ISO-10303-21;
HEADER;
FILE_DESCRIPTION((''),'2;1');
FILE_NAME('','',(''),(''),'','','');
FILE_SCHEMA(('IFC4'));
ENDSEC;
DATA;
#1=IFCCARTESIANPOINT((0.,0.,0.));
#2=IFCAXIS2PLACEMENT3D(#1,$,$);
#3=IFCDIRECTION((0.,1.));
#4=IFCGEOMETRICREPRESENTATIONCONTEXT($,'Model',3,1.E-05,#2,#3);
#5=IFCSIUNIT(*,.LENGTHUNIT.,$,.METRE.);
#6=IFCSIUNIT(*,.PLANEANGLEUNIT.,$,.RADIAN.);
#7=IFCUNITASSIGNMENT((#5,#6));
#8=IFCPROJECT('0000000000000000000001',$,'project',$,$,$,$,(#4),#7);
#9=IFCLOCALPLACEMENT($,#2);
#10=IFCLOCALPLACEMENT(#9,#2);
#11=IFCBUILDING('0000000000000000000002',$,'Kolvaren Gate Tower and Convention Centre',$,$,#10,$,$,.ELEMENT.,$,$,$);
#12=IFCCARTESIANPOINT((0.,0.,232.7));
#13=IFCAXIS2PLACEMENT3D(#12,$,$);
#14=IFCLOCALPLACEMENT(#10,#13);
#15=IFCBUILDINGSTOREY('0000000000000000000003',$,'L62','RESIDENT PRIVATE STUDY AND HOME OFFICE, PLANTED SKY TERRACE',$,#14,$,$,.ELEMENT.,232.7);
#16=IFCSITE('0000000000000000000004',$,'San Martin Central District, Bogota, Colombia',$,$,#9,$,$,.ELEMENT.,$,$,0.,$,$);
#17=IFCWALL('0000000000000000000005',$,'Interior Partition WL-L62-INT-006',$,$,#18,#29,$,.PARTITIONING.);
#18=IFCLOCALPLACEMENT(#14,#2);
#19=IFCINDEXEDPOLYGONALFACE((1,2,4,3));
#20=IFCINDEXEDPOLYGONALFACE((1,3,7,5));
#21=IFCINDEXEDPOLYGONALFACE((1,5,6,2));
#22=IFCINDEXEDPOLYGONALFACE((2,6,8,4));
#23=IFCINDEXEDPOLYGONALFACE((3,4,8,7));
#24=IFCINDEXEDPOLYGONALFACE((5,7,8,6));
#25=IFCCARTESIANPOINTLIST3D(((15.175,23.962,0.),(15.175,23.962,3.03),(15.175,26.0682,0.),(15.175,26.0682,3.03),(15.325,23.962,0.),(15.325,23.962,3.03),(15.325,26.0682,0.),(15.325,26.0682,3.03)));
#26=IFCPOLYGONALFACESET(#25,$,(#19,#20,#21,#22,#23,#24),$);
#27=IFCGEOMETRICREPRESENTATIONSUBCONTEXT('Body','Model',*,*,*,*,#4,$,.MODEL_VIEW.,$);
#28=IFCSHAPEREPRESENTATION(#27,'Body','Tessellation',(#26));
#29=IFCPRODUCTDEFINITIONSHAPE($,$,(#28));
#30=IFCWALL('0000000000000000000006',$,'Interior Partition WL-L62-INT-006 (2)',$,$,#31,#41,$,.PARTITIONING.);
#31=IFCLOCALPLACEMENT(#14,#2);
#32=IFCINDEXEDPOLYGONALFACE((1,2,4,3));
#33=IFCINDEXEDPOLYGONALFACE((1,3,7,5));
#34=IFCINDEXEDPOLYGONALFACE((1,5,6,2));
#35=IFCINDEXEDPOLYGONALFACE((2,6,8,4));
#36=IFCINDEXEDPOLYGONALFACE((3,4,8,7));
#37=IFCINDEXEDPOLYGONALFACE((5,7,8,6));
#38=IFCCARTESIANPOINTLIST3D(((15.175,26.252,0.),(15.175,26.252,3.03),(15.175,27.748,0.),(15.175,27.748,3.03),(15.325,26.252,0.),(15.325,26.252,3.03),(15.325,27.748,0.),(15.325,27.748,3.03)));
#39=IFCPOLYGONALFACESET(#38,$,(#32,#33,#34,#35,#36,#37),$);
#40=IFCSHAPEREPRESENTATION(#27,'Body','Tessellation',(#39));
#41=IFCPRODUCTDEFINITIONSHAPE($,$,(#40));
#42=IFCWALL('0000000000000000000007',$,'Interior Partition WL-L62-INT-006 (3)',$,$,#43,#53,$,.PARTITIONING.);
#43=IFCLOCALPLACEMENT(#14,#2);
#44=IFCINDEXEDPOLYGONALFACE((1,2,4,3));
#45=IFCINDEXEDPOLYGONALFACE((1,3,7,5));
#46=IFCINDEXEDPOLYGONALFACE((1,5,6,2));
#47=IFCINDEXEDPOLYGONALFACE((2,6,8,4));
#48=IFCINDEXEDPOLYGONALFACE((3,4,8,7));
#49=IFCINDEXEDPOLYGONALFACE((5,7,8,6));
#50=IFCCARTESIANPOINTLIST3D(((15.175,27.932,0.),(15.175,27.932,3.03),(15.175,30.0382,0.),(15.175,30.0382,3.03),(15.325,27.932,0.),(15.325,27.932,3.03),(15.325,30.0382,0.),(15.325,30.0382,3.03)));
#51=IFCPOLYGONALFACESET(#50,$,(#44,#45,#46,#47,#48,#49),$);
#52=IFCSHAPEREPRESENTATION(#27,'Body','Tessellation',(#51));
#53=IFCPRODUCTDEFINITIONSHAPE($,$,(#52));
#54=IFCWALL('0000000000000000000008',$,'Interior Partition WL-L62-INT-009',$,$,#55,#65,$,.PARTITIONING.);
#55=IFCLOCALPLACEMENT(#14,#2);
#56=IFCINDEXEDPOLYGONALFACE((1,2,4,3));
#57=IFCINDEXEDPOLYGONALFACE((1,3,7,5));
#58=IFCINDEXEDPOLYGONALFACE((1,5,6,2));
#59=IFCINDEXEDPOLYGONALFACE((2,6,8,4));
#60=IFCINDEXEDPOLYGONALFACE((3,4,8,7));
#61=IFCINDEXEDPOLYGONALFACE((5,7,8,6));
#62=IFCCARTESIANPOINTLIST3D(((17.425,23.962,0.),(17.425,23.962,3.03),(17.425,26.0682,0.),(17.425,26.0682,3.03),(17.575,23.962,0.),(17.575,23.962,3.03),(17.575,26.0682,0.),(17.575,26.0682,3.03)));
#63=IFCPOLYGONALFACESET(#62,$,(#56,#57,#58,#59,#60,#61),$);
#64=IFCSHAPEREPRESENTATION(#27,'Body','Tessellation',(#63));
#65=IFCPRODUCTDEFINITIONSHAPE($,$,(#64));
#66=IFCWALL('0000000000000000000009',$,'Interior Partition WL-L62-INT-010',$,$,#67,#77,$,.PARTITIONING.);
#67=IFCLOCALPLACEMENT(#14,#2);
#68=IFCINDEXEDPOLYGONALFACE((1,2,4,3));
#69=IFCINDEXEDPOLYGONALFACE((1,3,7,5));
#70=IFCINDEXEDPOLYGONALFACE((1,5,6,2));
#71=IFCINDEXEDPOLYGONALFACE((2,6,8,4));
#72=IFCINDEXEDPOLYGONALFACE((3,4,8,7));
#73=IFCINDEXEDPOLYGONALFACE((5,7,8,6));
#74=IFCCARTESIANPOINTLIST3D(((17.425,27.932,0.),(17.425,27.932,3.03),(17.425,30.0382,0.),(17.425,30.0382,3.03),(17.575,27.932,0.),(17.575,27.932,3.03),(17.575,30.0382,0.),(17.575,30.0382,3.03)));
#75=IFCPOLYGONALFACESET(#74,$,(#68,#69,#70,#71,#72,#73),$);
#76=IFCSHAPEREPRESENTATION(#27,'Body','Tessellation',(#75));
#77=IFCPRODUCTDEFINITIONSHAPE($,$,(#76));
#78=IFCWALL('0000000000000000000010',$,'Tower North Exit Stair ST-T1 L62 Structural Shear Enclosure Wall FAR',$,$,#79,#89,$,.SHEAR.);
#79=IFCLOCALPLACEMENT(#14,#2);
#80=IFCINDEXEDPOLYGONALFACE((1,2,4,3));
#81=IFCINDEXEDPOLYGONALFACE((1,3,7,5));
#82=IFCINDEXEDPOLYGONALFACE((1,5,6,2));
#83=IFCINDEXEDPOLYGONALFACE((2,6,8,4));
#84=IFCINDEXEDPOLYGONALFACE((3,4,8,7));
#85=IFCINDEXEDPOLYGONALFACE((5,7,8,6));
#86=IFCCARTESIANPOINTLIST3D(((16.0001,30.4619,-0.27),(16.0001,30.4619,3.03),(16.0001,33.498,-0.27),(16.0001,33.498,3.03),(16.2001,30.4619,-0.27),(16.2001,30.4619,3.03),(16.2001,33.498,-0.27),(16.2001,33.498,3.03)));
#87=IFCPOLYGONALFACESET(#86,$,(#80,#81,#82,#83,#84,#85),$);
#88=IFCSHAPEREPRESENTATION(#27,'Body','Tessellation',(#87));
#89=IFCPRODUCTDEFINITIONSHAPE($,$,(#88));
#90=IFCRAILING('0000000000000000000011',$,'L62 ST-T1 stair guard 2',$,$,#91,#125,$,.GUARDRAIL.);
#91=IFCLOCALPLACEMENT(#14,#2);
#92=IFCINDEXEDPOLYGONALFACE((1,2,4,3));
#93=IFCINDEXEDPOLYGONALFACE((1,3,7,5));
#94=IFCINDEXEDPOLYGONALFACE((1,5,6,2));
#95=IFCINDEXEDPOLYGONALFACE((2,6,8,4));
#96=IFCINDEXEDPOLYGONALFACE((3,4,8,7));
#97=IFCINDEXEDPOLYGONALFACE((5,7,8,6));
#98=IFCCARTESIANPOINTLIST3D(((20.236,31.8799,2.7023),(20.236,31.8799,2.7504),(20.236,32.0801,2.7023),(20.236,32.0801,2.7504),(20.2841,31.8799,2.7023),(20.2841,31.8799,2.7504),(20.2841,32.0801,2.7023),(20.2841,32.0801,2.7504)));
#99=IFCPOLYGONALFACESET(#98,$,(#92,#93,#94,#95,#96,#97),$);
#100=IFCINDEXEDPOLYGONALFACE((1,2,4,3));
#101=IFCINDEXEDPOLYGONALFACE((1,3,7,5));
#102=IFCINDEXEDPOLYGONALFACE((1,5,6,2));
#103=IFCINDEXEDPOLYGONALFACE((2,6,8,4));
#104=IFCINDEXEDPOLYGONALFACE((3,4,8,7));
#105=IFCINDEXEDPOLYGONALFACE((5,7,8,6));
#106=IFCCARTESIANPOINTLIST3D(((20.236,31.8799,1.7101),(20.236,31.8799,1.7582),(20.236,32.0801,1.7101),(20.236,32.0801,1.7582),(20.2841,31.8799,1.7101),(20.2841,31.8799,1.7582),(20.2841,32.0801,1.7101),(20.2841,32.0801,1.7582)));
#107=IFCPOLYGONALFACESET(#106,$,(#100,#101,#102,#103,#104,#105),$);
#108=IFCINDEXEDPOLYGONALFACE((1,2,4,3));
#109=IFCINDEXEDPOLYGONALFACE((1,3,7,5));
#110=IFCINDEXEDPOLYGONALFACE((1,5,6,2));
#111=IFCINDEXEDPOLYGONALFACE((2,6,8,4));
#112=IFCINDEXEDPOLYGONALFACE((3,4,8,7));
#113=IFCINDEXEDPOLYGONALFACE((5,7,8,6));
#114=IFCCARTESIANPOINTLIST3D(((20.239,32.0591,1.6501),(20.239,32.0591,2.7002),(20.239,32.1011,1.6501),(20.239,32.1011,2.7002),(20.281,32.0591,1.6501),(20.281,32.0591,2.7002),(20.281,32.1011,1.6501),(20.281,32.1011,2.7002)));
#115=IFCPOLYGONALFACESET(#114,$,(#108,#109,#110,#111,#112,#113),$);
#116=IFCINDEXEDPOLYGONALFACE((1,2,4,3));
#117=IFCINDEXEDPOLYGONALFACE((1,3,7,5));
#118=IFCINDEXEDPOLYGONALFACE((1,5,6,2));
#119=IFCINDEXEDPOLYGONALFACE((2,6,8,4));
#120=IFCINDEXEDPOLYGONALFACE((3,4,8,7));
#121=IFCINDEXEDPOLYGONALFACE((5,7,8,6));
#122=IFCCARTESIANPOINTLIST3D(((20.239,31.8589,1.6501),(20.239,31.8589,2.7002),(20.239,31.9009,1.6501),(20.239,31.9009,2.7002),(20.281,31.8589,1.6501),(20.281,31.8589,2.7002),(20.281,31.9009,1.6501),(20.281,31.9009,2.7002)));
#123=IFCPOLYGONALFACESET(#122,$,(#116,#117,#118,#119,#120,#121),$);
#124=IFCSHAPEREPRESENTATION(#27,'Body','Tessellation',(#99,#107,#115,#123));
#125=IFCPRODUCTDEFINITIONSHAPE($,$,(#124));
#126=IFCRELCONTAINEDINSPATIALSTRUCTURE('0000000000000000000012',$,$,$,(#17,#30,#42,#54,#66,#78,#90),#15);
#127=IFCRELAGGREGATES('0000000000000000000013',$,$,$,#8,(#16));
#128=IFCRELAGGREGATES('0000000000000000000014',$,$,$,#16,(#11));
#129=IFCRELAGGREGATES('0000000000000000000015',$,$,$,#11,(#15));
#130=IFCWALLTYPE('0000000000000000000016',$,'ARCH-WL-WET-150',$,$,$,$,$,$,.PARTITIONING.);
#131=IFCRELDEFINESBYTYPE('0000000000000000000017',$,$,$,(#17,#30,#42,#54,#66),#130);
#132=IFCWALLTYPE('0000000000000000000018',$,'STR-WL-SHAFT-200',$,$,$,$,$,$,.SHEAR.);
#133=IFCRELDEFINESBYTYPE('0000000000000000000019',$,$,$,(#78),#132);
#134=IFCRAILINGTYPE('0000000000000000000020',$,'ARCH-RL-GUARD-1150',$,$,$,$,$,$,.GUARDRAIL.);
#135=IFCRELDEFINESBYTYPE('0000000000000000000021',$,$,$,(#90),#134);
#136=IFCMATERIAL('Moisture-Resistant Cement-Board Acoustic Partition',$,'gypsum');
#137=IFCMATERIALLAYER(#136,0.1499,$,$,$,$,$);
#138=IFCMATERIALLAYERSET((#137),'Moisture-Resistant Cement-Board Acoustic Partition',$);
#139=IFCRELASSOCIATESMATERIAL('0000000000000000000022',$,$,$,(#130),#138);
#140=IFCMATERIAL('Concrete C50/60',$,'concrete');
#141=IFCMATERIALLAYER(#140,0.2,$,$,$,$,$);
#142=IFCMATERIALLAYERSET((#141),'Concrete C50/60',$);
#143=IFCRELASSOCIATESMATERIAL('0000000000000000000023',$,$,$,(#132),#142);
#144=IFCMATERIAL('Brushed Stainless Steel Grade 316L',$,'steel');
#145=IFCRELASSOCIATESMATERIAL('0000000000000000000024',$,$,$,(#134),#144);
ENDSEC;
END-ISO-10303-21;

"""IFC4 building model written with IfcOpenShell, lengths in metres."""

from ifc_helpers import new_model, si_unit, direction, frame, frame_2d, origin, origin_2d, place, context, subcontext, project, spatial, rectangle, extrude, material, layer, layer_set, type_object, element, save


model = new_model("IFC4")

# Units and contexts
model_context = context("Model", 3, precision=1e-05, world=origin(), true_north=direction((0.0, 1.0)))
body_context = subcontext(model_context, "Body", "Model", "MODEL_VIEW")
ifc_project = project(units=[si_unit("LENGTHUNIT", "METRE"), si_unit("PLANEANGLEUNIT", "RADIAN")], contexts=[model_context])

# Site, building, storey
site_placement = place(None, origin())
site = spatial("IfcSite", under=ifc_project, at=site_placement, Name="San Martin Central District, Bogota, Colombia", CompositionType="ELEMENT", RefElevation=0.0)
building_placement = place(site_placement, origin())
building = spatial("IfcBuilding", under=site, at=building_placement, Name="Kolvaren Gate Tower and Convention Centre", CompositionType="ELEMENT")
storey_placement = place(building_placement, frame((0.0, 0.0, 232.7)))
storey = spatial("IfcBuildingStorey", under=building, at=storey_placement, Name="L62", Description="RESIDENT PRIVATE STUDY AND HOME OFFICE, PLANTED SKY TERRACE", CompositionType="ELEMENT", Elevation=232.7)

# Walls
ifc_material_1 = material(Name="Moisture-Resistant Cement-Board Acoustic Partition", Category="gypsum")
ifc_layer_1 = layer(ifc_material_1, 0.1499)
ifc_layer_set_1 = layer_set([ifc_layer_1], Name="Moisture-Resistant Cement-Board Acoustic Partition")
wall_type_1 = type_object("IfcWallType", Name="ARCH-WL-WET-150", PredefinedType="PARTITIONING", material=ifc_layer_set_1)
wall_1_placement = place(storey_placement, frame((15.25, 23.9619, 0.0), z_axis=(0.0, 0.0, 1.0), x_axis=(0.0, 1.0, 0.0)))
element("IfcWall", 1, at=wall_1_placement, inside=storey, type_object=wall_type_1, Name="Interior Partition WL-L62-INT-006", PredefinedType="PARTITIONING", context=body_context, shape_type="SweptSolid", body=[
    extrude(rectangle(XDim=2.1062, YDim=0.1499, at=frame_2d((1.0532, 0.0))), origin(), (0.0, 0.0, 1.0), 3.03),
])
wall_2_placement = place(storey_placement, frame((15.25, 26.252, 0.0), z_axis=(0.0, 0.0, 1.0), x_axis=(0.0, 1.0, 0.0)))
element("IfcWall", 2, at=wall_2_placement, inside=storey, type_object=wall_type_1, Name="Interior Partition WL-L62-INT-006 (2)", PredefinedType="PARTITIONING", context=body_context, shape_type="SweptSolid", body=[
    extrude(rectangle(XDim=1.4961, YDim=0.1499, at=frame_2d((0.748, 0.0))), origin(), (0.0, 0.0, 1.0), 3.03),
])
for number, where, z_axis, x_axis, name in (
    (3, (15.25, 27.9319, 0.0), (0.0, 0.0, 1.0), (0.0, 1.0, 0.0), "Interior Partition WL-L62-INT-006 (3)"),
    (4, (17.5, 23.9619, 0.0), (0.0, 0.0, 1.0), (0.0, 1.0, 0.0), "Interior Partition WL-L62-INT-009"),
    (5, (17.5, 27.9319, 0.0), (0.0, 0.0, 1.0), (0.0, 1.0, 0.0), "Interior Partition WL-L62-INT-010"),
):
    element("IfcWall", number, at=place(storey_placement, frame(where, z_axis=z_axis, x_axis=x_axis)), inside=storey, type_object=wall_type_1, Name=name, PredefinedType="PARTITIONING", context=body_context, shape_type="SweptSolid", body=[
        extrude(rectangle(XDim=2.1062, YDim=0.1499, at=frame_2d((1.0532, 0.0))), origin(), (0.0, 0.0, 1.0), 3.03),
    ])
ifc_material_2 = material(Name="Concrete C50/60", Category="concrete")
ifc_layer_2 = layer(ifc_material_2, 0.2)
ifc_layer_set_2 = layer_set([ifc_layer_2], Name="Concrete C50/60")
wall_type_2 = type_object("IfcWallType", Name="STR-WL-SHAFT-200", PredefinedType="SHEAR", material=ifc_layer_set_2)
wall_3_placement = place(storey_placement, frame((16.1001, 30.4619, -0.27), z_axis=(0.0, 0.0, 1.0), x_axis=(0.0, 1.0, 0.0)))
element("IfcWall", 6, at=wall_3_placement, inside=storey, type_object=wall_type_2, Name="Tower North Exit Stair ST-T1 L62 Structural Shear Enclosure Wall FAR", PredefinedType="SHEAR", context=body_context, shape_type="SweptSolid", body=[
    extrude(rectangle(XDim=3.0361, YDim=0.2, at=frame_2d((1.5181, 0.0))), origin(), (0.0, 0.0, 1.0), 3.3),
])

# Railing
ifc_material_3 = material(Name="Brushed Stainless Steel Grade 316L", Category="steel")
railing_type = type_object("IfcRailingType", Name="ARCH-RL-GUARD-1150", PredefinedType="GUARDRAIL", material=ifc_material_3)
railing_placement = place(storey_placement, frame((20.26, 32.0801, 1.6501)))
element("IfcRailing", 7, at=railing_placement, inside=storey, type_object=railing_type, Name="L62 ST-T1 stair guard 2", PredefinedType="GUARDRAIL", context=body_context, shape_type="SweptSolid", body=[
    extrude(rectangle(XDim=0.0481, YDim=0.0481, at=origin_2d()), frame((0.0, 0.0, 1.0762), z_axis=(0.0, -1.0, 0.0), x_axis=(1.0, 0.0, 0.0)), (0.0, 0.0, 1.0), 0.2002),
    extrude(rectangle(XDim=0.0481, YDim=0.0481, at=origin_2d()), frame((0.0, 0.0, 0.084), z_axis=(0.0, -1.0, 0.0), x_axis=(1.0, 0.0, 0.0)), (0.0, 0.0, 1.0), 0.2002),
    extrude(rectangle(XDim=0.042, YDim=0.042, at=origin_2d()), origin(), (0.0, 0.0, 1.0), 1.05),
    extrude(rectangle(XDim=0.042, YDim=0.042, at=origin_2d()), frame((0.0, -0.2002, 0.0)), (0.0, 0.0, 1.0), 1.05),
])

save(model, "model.ifc")
